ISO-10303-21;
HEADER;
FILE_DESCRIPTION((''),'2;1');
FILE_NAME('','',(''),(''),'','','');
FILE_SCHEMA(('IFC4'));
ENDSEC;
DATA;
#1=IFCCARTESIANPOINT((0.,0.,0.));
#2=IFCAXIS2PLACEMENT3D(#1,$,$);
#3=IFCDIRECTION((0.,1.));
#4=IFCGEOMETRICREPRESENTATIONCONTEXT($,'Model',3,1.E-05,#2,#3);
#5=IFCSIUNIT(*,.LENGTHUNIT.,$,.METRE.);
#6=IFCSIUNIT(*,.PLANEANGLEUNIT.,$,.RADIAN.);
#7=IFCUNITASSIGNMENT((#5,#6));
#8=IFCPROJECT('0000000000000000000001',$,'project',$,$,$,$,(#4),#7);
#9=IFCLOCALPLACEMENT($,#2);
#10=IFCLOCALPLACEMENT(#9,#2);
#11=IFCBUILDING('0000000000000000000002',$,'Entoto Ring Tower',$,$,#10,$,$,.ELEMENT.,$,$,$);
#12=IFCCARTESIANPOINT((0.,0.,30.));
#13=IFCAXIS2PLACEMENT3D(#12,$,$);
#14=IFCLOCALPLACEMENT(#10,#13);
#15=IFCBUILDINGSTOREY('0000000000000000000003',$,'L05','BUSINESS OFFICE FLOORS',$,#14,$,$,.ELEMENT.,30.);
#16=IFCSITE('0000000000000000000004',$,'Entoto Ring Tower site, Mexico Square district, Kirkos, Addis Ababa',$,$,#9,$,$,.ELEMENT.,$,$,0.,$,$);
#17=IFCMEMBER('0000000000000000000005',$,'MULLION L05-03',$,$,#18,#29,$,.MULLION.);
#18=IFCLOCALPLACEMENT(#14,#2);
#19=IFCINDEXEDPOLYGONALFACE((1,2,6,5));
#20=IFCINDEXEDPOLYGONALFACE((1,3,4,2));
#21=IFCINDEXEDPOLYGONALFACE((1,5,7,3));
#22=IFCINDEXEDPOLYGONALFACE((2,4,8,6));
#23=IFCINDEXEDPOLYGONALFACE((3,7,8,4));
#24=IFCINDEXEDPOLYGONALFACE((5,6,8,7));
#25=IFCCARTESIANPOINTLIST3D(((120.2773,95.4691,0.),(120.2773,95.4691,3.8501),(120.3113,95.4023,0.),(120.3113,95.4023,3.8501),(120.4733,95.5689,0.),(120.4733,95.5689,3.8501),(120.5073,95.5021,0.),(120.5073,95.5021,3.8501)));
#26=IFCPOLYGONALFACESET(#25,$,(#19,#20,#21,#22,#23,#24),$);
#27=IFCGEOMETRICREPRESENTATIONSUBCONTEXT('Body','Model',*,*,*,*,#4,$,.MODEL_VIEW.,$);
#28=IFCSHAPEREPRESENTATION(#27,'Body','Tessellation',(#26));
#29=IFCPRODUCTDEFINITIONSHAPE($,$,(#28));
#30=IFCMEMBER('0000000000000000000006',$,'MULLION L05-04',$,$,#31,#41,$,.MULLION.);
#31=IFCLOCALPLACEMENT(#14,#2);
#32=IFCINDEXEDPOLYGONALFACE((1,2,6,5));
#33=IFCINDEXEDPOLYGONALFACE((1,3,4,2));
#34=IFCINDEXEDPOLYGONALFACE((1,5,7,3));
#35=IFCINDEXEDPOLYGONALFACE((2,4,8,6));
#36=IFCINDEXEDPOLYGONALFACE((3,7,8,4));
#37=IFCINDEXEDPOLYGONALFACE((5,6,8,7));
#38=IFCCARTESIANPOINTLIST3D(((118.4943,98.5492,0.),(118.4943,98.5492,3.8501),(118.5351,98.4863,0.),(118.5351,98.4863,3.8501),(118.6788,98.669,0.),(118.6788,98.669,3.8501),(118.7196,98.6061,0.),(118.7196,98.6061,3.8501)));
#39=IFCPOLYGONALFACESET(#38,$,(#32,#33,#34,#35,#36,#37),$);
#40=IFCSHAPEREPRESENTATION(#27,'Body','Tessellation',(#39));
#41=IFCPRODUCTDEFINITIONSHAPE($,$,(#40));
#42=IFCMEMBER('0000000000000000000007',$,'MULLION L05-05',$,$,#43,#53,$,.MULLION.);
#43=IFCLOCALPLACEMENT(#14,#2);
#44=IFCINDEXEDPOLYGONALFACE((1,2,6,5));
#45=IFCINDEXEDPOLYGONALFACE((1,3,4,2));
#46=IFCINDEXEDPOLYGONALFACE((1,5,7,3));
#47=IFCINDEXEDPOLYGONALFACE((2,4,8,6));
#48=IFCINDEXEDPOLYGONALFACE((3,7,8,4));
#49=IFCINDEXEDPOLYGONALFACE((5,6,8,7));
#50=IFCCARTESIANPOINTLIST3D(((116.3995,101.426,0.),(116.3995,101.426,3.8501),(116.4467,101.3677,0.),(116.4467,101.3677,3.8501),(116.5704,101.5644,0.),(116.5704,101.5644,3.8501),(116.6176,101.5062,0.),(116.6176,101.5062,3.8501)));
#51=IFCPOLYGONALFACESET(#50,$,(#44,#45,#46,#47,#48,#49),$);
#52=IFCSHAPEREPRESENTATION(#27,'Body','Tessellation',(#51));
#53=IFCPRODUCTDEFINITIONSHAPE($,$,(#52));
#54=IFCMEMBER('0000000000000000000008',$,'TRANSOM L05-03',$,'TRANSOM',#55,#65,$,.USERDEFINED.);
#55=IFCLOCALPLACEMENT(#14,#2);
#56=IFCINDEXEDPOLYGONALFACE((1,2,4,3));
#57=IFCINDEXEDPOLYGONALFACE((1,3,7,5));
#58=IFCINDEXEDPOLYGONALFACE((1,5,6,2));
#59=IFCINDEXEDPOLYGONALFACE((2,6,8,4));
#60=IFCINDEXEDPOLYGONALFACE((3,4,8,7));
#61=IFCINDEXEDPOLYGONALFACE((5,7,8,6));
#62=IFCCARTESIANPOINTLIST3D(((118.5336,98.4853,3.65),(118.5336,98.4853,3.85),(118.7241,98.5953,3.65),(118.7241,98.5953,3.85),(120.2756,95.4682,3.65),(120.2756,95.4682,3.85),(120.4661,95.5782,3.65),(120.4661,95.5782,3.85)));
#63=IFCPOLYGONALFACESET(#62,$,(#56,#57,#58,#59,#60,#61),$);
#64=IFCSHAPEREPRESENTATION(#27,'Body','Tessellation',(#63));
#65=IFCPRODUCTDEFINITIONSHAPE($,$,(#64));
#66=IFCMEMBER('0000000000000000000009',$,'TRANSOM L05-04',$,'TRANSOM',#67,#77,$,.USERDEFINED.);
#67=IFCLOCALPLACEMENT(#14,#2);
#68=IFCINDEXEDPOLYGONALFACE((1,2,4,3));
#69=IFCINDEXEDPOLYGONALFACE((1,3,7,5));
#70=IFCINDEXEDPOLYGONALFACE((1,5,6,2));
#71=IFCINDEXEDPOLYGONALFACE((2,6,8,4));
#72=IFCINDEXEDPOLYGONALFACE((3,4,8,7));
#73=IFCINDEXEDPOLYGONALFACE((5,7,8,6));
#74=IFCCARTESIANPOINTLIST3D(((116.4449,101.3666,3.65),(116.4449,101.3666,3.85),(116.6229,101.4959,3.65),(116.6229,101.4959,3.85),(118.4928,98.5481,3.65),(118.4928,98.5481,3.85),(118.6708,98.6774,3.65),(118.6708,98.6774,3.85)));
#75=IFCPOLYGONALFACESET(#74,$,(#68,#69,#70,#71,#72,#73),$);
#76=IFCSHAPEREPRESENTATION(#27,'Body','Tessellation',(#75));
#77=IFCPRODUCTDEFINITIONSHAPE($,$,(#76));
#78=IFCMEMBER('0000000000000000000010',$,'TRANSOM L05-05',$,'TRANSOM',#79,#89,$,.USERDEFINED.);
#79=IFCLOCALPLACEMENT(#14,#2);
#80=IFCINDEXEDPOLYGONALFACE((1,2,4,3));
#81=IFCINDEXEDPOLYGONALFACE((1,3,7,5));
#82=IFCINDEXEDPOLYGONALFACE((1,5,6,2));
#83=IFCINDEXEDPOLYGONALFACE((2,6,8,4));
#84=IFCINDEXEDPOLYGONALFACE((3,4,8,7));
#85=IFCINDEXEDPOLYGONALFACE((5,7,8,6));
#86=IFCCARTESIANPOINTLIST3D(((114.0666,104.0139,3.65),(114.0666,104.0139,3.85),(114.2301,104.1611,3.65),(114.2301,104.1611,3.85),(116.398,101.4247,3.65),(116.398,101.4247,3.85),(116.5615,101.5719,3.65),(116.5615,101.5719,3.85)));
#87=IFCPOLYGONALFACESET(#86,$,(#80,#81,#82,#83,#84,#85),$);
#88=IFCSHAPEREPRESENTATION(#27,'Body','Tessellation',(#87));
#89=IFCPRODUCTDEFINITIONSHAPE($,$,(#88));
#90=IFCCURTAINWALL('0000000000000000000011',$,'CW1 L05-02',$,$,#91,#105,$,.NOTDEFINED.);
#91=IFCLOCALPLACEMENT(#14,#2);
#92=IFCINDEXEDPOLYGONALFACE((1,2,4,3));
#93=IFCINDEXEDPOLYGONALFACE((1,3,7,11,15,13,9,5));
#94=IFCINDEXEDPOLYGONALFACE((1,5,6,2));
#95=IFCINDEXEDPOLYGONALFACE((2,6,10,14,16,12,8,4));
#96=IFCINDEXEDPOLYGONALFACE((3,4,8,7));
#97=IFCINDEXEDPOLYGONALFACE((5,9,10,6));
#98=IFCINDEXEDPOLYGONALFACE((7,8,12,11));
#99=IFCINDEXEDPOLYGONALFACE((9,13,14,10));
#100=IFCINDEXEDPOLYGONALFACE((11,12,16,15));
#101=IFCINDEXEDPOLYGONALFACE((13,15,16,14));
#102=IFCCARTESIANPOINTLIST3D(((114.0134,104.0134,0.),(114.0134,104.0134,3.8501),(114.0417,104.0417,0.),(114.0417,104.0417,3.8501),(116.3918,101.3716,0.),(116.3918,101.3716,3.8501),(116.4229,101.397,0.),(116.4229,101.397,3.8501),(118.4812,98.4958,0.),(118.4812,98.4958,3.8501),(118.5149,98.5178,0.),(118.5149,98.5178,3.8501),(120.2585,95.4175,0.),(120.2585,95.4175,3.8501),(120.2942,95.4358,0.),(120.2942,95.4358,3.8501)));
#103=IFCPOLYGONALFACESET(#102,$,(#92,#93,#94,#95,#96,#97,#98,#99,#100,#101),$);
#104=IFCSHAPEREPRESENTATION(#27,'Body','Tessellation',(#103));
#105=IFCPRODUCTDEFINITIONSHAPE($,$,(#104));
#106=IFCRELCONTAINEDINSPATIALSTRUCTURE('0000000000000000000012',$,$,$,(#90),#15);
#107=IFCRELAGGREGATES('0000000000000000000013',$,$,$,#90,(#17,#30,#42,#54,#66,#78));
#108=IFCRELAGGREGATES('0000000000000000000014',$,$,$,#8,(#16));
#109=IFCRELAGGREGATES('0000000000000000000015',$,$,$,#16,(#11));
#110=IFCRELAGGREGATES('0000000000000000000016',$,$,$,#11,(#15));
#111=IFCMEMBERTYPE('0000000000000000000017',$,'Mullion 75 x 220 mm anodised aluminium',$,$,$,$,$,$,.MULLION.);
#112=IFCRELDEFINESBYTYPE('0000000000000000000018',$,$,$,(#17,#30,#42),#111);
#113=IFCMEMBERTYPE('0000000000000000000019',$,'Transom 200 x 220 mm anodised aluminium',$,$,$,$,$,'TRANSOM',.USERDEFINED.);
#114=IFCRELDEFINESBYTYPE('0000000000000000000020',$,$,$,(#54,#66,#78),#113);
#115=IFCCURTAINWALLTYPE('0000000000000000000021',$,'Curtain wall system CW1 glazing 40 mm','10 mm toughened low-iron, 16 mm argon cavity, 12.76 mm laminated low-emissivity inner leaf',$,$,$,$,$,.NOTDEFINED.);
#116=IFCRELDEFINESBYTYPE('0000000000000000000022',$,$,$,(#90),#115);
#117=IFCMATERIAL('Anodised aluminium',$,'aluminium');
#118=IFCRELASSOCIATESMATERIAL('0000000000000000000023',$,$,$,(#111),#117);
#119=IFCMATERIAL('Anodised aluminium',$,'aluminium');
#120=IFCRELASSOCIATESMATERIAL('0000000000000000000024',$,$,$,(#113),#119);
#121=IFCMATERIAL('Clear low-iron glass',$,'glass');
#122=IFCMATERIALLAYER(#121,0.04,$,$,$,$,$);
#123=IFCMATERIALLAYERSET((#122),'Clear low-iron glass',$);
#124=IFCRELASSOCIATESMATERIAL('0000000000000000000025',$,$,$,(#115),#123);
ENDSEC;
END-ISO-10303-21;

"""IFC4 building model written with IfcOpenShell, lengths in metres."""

from ifc_helpers import new_model, si_unit, direction, frame, origin, origin_2d, place, context, subcontext, project, spatial, polyline, rectangle, outline, extrude, material, layer, layer_set, material_profile, profile_set, type_object, element, aggregate, save


model = new_model("IFC4")

# Units and contexts
model_context = context("Model", 3, precision=1e-05, world=origin(), true_north=direction((0.0, 1.0)))
body_context = subcontext(model_context, "Body", "Model", "MODEL_VIEW")
ifc_project = project(units=[si_unit("LENGTHUNIT", "METRE"), si_unit("PLANEANGLEUNIT", "RADIAN")], contexts=[model_context])

# Members
ifc_material_1 = material(Name="Anodised aluminium", Category="aluminium")
ifc_material_profile_1 = material_profile(ifc_material_1, rectangle(XDim=0.075, YDim=0.22, at=origin_2d()), Name="Mullion 75 x 220 mm anodised aluminium")
ifc_profile_set_1 = profile_set([ifc_material_profile_1], Name="Anodised aluminium")
member_type_1 = type_object("IfcMemberType", Name="Mullion 75 x 220 mm anodised aluminium", PredefinedType="MULLION", material=ifc_profile_set_1)
site_placement = place(None, origin())
building_placement = place(site_placement, origin())
storey_placement = place(building_placement, frame((0.0, 0.0, 30.0)))
member_1_placement = place(storey_placement, frame((120.3923, 95.4856, 0.0), z_axis=(0.0, 0.0, 1.0), x_axis=(-0.45399, 0.891007, 0.0)))
member_1 = element("IfcMember", 1, at=member_1_placement, type_object=member_type_1, Name="MULLION L05-03", PredefinedType="MULLION", context=body_context, shape_type="SweptSolid", body=[
    extrude(rectangle(XDim=0.075, YDim=0.22, at=origin_2d()), origin(), (0.0, 0.0, 1.0), 3.8501),
])
member_2_placement = place(storey_placement, frame((118.6069, 98.5776, 0.0), z_axis=(0.0, 0.0, 1.0), x_axis=(-0.544639, 0.838671, 0.0)))
member_2 = element("IfcMember", 2, at=member_2_placement, type_object=member_type_1, Name="MULLION L05-04", PredefinedType="MULLION", context=body_context, shape_type="SweptSolid", body=[
    extrude(rectangle(XDim=0.075, YDim=0.22, at=origin_2d()), origin(), (0.0, 0.0, 1.0), 3.8501),
])
member_3_placement = place(storey_placement, frame((116.5085, 101.4661, 0.0), z_axis=(0.0, 0.0, 1.0), x_axis=(-0.62932, 0.777146, 0.0)))
member_3 = element("IfcMember", 3, at=member_3_placement, type_object=member_type_1, Name="MULLION L05-05", PredefinedType="MULLION", context=body_context, shape_type="SweptSolid", body=[
    extrude(rectangle(XDim=0.075, YDim=0.22, at=origin_2d()), origin(), (0.0, 0.0, 1.0), 3.8501),
])
ifc_material_2 = material(Name="Anodised aluminium", Category="aluminium")
ifc_material_profile_2 = material_profile(ifc_material_2, rectangle(XDim=0.22, YDim=0.2, at=origin_2d()), Name="Transom 200 x 220 mm anodised aluminium")
ifc_profile_set_2 = profile_set([ifc_material_profile_2], Name="Anodised aluminium")
member_type_2 = type_object("IfcMemberType", Name="Transom 200 x 220 mm anodised aluminium", ElementType="TRANSOM", PredefinedType="USERDEFINED", material=ifc_profile_set_2)
member_4_placement = place(storey_placement, frame((120.3708, 95.5232, 3.75), z_axis=(-0.500006, 0.866022, 0.0), x_axis=(-0.866022, -0.500006, 0.0)))
member_4 = element("IfcMember", 4, at=member_4_placement, type_object=member_type_2, Name="TRANSOM L05-03", ObjectType="TRANSOM", PredefinedType="USERDEFINED", context=body_context, shape_type="SweptSolid", body=[
    extrude(rectangle(XDim=0.22, YDim=0.2, at=origin_2d()), origin(), (0.0, 0.0, 1.0), 3.4839),
])
member_5_placement = place(storey_placement, frame((118.5818, 98.6128, 3.75), z_axis=(-0.587822, 0.808991, 0.0), x_axis=(-0.808991, -0.587822, 0.0)))
member_5 = element("IfcMember", 5, at=member_5_placement, type_object=member_type_2, Name="TRANSOM L05-04", ObjectType="TRANSOM", PredefinedType="USERDEFINED", context=body_context, shape_type="SweptSolid", body=[
    extrude(rectangle(XDim=0.22, YDim=0.2, at=origin_2d()), origin(), (0.0, 0.0, 1.0), 3.4839),
])
member_6_placement = place(storey_placement, frame((116.4797, 101.4983, 3.75), z_axis=(-0.669139, 0.743137, 0.0), x_axis=(-0.743137, -0.669139, 0.0)))
member_6 = element("IfcMember", 6, at=member_6_placement, type_object=member_type_2, Name="TRANSOM L05-05", ObjectType="TRANSOM", PredefinedType="USERDEFINED", context=body_context, shape_type="SweptSolid", body=[
    extrude(rectangle(XDim=0.22, YDim=0.2, at=origin_2d()), origin(), (0.0, 0.0, 1.0), 3.4841),
])

# Site, building, storey
site = spatial("IfcSite", under=ifc_project, at=site_placement, Name="Entoto Ring Tower site, Mexico Square district, Kirkos, Addis Ababa", CompositionType="ELEMENT", RefElevation=0.0)
building = spatial("IfcBuilding", under=site, at=building_placement, Name="Entoto Ring Tower", CompositionType="ELEMENT")
storey = spatial("IfcBuildingStorey", under=building, at=storey_placement, Name="L05", Description="BUSINESS OFFICE FLOORS", CompositionType="ELEMENT", Elevation=30.0)

# Curtain wall
ifc_material_3 = material(Name="Clear low-iron glass", Category="glass")
ifc_layer_1 = layer(ifc_material_3, 0.04)
ifc_layer_set_1 = layer_set([ifc_layer_1], Name="Clear low-iron glass")
curtain_wall_type = type_object("IfcCurtainWallType", Name="Curtain wall system CW1 glazing 40 mm", Description="10 mm toughened low-iron, 16 mm argon cavity, 12.76 mm laminated low-emissivity inner leaf", PredefinedType="NOTDEFINED", material=ifc_layer_set_1)
curtain_wall_1_placement = place(storey_placement, origin())
curtain_wall_1 = element("IfcCurtainWall", 7, at=curtain_wall_1_placement, inside=storey, type_object=curtain_wall_type, Name="CW1 L05-02", PredefinedType="NOTDEFINED", context=body_context, shape_type="SweptSolid", body=[
    extrude(outline(polyline([(120.2942, 95.4358), (118.5149, 98.5178), (116.4229, 101.397), (114.0417, 104.0417), (114.0134, 104.0134), (116.3918, 101.3716), (118.4812, 98.4958), (120.2585, 95.4175), (120.2942, 95.4358)])), origin(), (0.0, 0.0, 1.0), 3.8501),
])
aggregate(curtain_wall_1, [member_1, member_2, member_3, member_4, member_5, member_6])

save(model, "model.ifc")
